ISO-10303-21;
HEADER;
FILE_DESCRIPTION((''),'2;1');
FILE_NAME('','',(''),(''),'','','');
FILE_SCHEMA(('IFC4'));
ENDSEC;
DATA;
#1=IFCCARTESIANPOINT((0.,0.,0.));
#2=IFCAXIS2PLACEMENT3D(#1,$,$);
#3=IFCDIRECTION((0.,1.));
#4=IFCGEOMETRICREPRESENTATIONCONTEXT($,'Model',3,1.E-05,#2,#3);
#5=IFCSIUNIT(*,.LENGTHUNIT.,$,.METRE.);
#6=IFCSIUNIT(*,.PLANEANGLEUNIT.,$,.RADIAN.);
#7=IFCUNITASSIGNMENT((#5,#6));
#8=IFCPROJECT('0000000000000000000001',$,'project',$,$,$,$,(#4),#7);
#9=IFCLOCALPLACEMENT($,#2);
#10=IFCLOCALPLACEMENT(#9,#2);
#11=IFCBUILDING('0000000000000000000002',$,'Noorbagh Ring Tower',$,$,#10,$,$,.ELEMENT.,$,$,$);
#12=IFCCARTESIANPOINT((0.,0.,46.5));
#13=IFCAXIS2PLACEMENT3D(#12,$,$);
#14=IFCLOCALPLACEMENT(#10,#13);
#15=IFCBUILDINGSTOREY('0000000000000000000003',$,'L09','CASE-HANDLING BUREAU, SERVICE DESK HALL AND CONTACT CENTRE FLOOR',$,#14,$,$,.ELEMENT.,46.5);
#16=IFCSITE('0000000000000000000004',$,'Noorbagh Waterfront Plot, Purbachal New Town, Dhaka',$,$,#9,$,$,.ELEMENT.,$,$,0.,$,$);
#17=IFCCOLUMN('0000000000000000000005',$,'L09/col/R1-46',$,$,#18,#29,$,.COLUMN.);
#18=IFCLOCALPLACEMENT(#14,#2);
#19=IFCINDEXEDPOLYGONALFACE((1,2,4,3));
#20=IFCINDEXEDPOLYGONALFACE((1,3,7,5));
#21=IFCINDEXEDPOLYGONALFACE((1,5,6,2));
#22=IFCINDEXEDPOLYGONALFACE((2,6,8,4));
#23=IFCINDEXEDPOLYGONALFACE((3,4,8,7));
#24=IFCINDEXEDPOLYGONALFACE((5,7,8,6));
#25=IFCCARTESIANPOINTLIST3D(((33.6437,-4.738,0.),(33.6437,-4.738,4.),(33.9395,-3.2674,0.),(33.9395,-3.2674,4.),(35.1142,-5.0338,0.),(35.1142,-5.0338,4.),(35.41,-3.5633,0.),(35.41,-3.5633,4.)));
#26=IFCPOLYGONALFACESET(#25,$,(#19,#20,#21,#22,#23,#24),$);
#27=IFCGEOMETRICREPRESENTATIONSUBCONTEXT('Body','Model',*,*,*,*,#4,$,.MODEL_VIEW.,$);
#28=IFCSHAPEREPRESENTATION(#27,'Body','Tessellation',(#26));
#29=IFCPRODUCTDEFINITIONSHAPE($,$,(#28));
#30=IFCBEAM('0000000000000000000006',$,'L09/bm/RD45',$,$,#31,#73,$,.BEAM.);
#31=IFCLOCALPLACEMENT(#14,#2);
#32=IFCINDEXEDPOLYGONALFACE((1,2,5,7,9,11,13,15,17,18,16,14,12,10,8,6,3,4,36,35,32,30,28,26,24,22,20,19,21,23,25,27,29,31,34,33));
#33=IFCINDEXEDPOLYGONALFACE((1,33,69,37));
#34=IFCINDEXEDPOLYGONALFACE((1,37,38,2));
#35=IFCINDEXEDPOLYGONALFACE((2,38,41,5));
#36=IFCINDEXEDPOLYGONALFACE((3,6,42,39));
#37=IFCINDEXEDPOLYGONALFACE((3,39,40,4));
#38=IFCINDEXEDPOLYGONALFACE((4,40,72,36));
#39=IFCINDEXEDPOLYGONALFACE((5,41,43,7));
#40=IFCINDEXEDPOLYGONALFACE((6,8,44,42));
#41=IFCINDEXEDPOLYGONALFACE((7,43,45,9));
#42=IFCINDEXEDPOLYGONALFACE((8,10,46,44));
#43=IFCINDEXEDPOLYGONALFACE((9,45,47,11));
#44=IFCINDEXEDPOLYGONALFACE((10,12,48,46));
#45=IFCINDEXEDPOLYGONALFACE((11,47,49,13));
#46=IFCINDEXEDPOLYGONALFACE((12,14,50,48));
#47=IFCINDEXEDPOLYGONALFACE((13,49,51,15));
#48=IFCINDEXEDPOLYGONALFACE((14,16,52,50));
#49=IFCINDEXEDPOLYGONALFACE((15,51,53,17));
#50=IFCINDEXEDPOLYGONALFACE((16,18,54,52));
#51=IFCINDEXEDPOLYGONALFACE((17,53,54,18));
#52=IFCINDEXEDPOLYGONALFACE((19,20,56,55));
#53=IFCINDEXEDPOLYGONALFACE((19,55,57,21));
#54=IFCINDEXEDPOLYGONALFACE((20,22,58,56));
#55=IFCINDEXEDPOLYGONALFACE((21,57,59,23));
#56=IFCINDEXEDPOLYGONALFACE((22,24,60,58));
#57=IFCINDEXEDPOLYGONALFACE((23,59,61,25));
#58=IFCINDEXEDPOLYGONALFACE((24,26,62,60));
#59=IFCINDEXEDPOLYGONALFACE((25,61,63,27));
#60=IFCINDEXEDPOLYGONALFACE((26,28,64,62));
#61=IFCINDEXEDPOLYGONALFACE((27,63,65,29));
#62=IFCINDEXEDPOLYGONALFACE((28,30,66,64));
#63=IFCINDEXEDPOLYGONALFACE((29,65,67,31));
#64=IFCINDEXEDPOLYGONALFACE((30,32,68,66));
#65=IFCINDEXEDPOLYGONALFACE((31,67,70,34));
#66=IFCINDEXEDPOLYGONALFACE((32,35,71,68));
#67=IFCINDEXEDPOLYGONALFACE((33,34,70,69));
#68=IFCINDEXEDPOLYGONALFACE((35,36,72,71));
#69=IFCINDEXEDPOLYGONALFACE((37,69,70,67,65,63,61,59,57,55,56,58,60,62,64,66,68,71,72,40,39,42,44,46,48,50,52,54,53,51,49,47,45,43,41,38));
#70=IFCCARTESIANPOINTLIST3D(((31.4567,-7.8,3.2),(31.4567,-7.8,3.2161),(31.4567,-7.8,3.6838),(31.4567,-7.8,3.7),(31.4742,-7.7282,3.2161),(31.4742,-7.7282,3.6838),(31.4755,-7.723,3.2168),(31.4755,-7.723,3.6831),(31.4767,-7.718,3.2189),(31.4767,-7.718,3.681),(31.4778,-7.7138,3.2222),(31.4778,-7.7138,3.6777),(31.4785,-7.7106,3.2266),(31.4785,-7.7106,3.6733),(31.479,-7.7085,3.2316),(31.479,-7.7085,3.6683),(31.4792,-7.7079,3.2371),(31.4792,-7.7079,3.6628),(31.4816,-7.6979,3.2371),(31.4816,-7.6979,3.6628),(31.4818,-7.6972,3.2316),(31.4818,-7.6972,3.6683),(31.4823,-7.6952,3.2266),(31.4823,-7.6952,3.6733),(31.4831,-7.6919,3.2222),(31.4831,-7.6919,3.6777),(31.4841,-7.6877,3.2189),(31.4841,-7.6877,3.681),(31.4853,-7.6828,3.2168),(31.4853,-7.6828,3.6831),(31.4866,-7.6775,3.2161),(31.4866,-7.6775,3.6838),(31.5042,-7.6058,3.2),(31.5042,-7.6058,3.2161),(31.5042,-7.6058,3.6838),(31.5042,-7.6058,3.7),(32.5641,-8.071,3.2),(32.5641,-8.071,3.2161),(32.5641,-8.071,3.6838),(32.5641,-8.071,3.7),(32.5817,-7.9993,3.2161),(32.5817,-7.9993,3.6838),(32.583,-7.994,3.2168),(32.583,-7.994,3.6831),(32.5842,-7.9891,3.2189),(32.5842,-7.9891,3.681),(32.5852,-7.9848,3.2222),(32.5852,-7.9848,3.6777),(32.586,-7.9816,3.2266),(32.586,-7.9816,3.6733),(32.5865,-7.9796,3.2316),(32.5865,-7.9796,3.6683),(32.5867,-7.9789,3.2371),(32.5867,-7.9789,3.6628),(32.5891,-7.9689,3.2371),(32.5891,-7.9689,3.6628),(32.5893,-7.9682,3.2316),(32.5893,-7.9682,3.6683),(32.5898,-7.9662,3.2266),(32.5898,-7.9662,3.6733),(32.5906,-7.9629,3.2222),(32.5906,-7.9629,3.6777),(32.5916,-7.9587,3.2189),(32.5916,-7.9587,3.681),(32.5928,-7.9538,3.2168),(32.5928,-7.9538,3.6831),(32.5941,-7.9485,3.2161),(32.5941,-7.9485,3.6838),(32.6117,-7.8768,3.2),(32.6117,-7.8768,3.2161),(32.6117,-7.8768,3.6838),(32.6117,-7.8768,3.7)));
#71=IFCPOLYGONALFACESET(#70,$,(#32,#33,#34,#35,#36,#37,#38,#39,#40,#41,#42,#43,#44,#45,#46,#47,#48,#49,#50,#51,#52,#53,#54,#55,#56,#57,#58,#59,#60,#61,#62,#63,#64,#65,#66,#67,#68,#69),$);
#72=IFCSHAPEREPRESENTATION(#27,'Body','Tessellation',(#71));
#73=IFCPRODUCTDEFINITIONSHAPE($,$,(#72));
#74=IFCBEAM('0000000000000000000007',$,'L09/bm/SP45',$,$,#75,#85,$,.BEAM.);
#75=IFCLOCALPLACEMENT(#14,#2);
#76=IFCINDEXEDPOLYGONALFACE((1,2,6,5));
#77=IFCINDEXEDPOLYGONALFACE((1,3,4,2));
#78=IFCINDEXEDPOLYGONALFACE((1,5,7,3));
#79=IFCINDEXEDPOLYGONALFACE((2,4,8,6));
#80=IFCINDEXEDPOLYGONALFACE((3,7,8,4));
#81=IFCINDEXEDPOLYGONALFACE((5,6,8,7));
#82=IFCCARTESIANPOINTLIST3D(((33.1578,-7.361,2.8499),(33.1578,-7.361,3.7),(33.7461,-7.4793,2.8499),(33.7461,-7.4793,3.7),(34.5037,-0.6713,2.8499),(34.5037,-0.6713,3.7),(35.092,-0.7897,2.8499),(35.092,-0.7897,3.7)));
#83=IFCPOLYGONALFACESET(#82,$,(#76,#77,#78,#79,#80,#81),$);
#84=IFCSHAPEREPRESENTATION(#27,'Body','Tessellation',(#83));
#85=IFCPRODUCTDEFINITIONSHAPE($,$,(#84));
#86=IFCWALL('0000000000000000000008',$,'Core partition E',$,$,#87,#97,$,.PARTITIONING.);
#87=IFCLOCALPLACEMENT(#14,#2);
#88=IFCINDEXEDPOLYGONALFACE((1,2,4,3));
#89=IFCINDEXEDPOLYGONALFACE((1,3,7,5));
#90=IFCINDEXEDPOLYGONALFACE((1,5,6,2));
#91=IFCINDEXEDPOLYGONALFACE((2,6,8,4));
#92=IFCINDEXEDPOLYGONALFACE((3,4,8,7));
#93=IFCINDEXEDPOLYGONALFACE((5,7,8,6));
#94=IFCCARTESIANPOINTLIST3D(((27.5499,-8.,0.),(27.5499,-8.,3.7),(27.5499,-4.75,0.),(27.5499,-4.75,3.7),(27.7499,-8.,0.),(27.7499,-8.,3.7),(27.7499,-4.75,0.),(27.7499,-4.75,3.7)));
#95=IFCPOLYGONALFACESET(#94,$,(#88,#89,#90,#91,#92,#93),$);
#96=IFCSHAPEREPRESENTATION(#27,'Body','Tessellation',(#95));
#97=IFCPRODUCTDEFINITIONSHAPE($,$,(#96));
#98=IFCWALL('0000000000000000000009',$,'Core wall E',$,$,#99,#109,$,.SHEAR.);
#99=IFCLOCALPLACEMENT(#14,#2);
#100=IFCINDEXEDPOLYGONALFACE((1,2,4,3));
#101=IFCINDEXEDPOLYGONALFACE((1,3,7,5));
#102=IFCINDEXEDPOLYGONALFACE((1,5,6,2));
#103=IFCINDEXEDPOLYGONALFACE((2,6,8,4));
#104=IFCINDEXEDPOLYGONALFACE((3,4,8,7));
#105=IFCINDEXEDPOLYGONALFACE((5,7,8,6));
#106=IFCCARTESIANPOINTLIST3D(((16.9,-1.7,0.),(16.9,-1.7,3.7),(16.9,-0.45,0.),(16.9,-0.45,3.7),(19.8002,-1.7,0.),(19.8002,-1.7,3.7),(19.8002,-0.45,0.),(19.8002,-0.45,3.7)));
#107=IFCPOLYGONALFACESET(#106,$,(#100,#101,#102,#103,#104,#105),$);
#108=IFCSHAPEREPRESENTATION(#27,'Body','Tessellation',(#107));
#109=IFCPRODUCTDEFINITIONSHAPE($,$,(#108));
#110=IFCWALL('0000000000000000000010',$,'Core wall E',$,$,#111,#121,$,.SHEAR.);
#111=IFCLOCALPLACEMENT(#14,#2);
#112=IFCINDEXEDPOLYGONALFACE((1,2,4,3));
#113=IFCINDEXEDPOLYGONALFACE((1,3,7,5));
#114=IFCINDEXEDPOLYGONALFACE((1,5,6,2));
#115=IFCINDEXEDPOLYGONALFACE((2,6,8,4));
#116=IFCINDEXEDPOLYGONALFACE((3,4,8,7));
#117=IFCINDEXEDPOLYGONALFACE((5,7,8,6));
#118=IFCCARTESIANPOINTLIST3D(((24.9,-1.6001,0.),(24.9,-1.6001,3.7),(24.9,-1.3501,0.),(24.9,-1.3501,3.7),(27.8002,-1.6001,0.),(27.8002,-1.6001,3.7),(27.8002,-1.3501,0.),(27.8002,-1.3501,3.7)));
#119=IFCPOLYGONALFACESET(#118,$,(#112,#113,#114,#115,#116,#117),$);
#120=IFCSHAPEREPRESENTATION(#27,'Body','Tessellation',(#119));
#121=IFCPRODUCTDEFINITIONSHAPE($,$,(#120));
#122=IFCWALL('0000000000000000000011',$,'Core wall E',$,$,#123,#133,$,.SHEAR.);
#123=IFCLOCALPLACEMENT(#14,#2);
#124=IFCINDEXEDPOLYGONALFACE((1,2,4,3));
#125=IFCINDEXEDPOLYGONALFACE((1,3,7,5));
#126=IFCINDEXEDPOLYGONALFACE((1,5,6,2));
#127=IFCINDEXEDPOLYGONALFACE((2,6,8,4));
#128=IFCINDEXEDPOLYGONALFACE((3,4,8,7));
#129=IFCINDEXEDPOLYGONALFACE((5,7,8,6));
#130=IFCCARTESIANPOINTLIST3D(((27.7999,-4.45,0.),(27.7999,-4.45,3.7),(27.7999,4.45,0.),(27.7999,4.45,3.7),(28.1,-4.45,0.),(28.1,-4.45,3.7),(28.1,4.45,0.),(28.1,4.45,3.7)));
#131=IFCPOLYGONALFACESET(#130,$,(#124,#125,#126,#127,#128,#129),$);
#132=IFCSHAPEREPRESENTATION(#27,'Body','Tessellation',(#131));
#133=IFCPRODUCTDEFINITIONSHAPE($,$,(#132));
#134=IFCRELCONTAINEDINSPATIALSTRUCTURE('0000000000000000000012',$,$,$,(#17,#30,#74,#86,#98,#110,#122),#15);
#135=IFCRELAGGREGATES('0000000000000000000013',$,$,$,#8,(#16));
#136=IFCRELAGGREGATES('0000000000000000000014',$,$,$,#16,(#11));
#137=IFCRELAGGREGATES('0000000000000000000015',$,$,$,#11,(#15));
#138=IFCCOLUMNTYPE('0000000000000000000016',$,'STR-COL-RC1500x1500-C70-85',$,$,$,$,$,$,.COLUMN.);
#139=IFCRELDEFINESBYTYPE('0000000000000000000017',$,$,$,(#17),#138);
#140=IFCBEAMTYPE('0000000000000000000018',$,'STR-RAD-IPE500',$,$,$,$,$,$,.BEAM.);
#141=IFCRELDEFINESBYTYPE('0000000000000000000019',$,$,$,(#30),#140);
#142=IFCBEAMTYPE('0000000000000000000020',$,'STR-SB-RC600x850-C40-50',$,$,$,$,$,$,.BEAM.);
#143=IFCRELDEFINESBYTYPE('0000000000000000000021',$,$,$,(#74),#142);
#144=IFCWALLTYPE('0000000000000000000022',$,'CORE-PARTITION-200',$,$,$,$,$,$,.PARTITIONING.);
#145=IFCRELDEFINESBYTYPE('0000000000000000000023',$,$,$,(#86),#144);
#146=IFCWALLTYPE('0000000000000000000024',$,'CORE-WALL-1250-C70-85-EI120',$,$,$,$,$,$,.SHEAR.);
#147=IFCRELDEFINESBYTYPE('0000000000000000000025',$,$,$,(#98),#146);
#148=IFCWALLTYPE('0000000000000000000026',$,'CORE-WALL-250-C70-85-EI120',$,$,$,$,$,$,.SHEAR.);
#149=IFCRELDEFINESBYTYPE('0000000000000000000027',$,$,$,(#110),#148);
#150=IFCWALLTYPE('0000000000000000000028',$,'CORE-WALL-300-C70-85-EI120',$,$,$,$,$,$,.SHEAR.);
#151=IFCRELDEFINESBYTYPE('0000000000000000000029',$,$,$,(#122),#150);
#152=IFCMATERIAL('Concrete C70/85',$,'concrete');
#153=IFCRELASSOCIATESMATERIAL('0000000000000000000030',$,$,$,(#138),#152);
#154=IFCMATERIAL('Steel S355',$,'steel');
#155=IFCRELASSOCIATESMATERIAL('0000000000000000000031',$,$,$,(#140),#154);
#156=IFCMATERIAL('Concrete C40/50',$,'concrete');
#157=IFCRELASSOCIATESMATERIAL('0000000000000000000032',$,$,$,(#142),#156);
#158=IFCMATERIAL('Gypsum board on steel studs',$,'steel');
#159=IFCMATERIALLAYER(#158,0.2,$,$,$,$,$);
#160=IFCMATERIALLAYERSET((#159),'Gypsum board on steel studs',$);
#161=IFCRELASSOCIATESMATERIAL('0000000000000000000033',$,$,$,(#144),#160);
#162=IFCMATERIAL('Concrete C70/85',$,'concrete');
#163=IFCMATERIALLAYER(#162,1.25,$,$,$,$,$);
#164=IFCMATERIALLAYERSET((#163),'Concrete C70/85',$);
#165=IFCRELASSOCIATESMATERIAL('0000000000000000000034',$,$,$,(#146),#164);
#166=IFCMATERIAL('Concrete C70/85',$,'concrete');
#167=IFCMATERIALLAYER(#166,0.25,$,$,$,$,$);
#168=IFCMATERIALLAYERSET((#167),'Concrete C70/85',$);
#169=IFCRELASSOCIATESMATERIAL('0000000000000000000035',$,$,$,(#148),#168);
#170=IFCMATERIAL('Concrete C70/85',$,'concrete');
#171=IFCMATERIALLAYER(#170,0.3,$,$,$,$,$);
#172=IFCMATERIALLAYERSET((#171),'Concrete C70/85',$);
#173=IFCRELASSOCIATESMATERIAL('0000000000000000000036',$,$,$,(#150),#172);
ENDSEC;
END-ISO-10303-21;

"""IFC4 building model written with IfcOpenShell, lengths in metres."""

from ifc_helpers import new_model, si_unit, direction, frame, frame_2d, origin, origin_2d, place, context, subcontext, project, spatial, rectangle, i_section, extrude, material, layer, layer_set, material_profile, profile_set, type_object, element, save


model = new_model("IFC4")

# Units and contexts
model_context = context("Model", 3, precision=1e-05, world=origin(), true_north=direction((0.0, 1.0)))
body_context = subcontext(model_context, "Body", "Model", "MODEL_VIEW")
ifc_project = project(units=[si_unit("LENGTHUNIT", "METRE"), si_unit("PLANEANGLEUNIT", "RADIAN")], contexts=[model_context])

# Site, building, storey
site_placement = place(None, origin())
site = spatial("IfcSite", under=ifc_project, at=site_placement, Name="Noorbagh Waterfront Plot, Purbachal New Town, Dhaka", CompositionType="ELEMENT", RefElevation=0.0)
building_placement = place(site_placement, origin())
building = spatial("IfcBuilding", under=site, at=building_placement, Name="Noorbagh Ring Tower", CompositionType="ELEMENT")
storey_placement = place(building_placement, frame((0.0, 0.0, 46.5)))
storey = spatial("IfcBuildingStorey", under=building, at=storey_placement, Name="L09", Description="CASE-HANDLING BUREAU, SERVICE DESK HALL AND CONTACT CENTRE FLOOR", CompositionType="ELEMENT", Elevation=46.5)

# Column
ifc_material_1 = material(Name="Concrete C70/85", Category="concrete")
ifc_material_profile_1 = material_profile(ifc_material_1, rectangle(XDim=1.5, YDim=1.5, at=origin_2d()), Name="RC1500x1500")
ifc_profile_set_1 = profile_set([ifc_material_profile_1], Name="Concrete C70/85")
column_type = type_object("IfcColumnType", Name="STR-COL-RC1500x1500-C70-85", PredefinedType="COLUMN", material=ifc_profile_set_1)
column_placement = place(storey_placement, frame((34.5269, -4.1506, 0.0), z_axis=(0.0, 0.0, 1.0), x_axis=(0.19723, 0.980357, 0.0)))
element("IfcColumn", 1, at=column_placement, inside=storey, type_object=column_type, Name="L09/col/R1-46", PredefinedType="COLUMN", context=body_context, shape_type="SweptSolid", body=[
    extrude(rectangle(XDim=1.5, YDim=1.5, at=origin_2d()), origin(), (0.0, 0.0, 1.0), 4.0),
])

# Beams
ifc_material_2 = material(Name="Steel S355", Category="steel")
ifc_material_profile_2 = material_profile(ifc_material_2, i_section(OverallWidth=0.2, OverallDepth=0.5, WebThickness=0.0103, FlangeThickness=0.0161, FilletRadius=0.021, at=origin_2d()), Name="IPE500")
ifc_profile_set_2 = profile_set([ifc_material_profile_2], Name="Steel S355")
beam_type_1 = type_object("IfcBeamType", Name="STR-RAD-IPE500", PredefinedType="BEAM", material=ifc_profile_set_2)
beam_1_placement = place(storey_placement, frame((32.5879, -7.9739, 3.45), z_axis=(-0.97134, 0.237696, 0.0), x_axis=(-0.237696, -0.97134, 0.0)))
element("IfcBeam", 2, at=beam_1_placement, inside=storey, type_object=beam_type_1, Name="L09/bm/RD45", PredefinedType="BEAM", context=body_context, shape_type="SweptSolid", body=[
    extrude(i_section(OverallWidth=0.2, OverallDepth=0.5, WebThickness=0.0103, FlangeThickness=0.0161, FilletRadius=0.021, at=origin_2d()), origin(), (0.0, 0.0, 1.0), 1.1401),
])
ifc_material_3 = material(Name="Concrete C40/50", Category="concrete")
ifc_material_profile_3 = material_profile(ifc_material_3, rectangle(XDim=0.6001, YDim=0.8501, at=origin_2d()), Name="RC600x850")
ifc_profile_set_3 = profile_set([ifc_material_profile_3], Name="Concrete C40/50")
beam_type_2 = type_object("IfcBeamType", Name="STR-SB-RC600x850-C40-50", PredefinedType="BEAM", material=ifc_profile_set_3)
beam_2_placement = place(storey_placement, frame((33.4519, -7.4202, 3.2749), z_axis=(0.197244, 0.980354, 0.0), x_axis=(-0.980354, 0.197244, 0.0)))
element("IfcBeam", 3, at=beam_2_placement, inside=storey, type_object=beam_type_2, Name="L09/bm/SP45", PredefinedType="BEAM", context=body_context, shape_type="SweptSolid", body=[
    extrude(rectangle(XDim=0.6001, YDim=0.8501, at=origin_2d()), origin(), (0.0, 0.0, 1.0), 6.8237),
])

# Walls
ifc_material_4 = material(Name="Gypsum board on steel studs", Category="steel")
ifc_layer_1 = layer(ifc_material_4, 0.2)
ifc_layer_set_1 = layer_set([ifc_layer_1], Name="Gypsum board on steel studs")
wall_type_1 = type_object("IfcWallType", Name="CORE-PARTITION-200", PredefinedType="PARTITIONING", material=ifc_layer_set_1)
wall_1_placement = place(storey_placement, frame((27.6499, -8.0, 0.0), z_axis=(0.0, 0.0, 1.0), x_axis=(0.0, 1.0, 0.0)))
element("IfcWall", 4, at=wall_1_placement, inside=storey, type_object=wall_type_1, Name="Core partition E", PredefinedType="PARTITIONING", context=body_context, shape_type="SweptSolid", body=[
    extrude(rectangle(XDim=3.25, YDim=0.2, at=frame_2d((1.625, 0.0))), origin(), (0.0, 0.0, 1.0), 3.7),
])
ifc_material_5 = material(Name="Concrete C70/85", Category="concrete")
ifc_layer_2 = layer(ifc_material_5, 1.25)
ifc_layer_set_2 = layer_set([ifc_layer_2], Name="Concrete C70/85")
wall_type_2 = type_object("IfcWallType", Name="CORE-WALL-1250-C70-85-EI120", PredefinedType="SHEAR", material=ifc_layer_set_2)
wall_2_placement = place(storey_placement, frame((16.8999, -1.075, 0.0), z_axis=(0.0, 0.0, 1.0), x_axis=(1.0, 0.0, 0.0)))
element("IfcWall", 5, at=wall_2_placement, inside=storey, type_object=wall_type_2, Name="Core wall E", PredefinedType="SHEAR", context=body_context, shape_type="SweptSolid", body=[
    extrude(rectangle(XDim=2.9001, YDim=1.25, at=frame_2d((1.4502, 0.0))), origin(), (0.0, 0.0, 1.0), 3.7),
])
ifc_material_6 = material(Name="Concrete C70/85", Category="concrete")
ifc_layer_3 = layer(ifc_material_6, 0.25)
ifc_layer_set_3 = layer_set([ifc_layer_3], Name="Concrete C70/85")
wall_type_3 = type_object("IfcWallType", Name="CORE-WALL-250-C70-85-EI120", PredefinedType="SHEAR", material=ifc_layer_set_3)
wall_3_placement = place(storey_placement, frame((24.8999, -1.4751, 0.0), z_axis=(0.0, 0.0, 1.0), x_axis=(1.0, 0.0, 0.0)))
element("IfcWall", 6, at=wall_3_placement, inside=storey, type_object=wall_type_3, Name="Core wall E", PredefinedType="SHEAR", context=body_context, shape_type="SweptSolid", body=[
    extrude(rectangle(XDim=2.9001, YDim=0.25, at=frame_2d((1.4502, 0.0))), origin(), (0.0, 0.0, 1.0), 3.7),
])
ifc_material_7 = material(Name="Concrete C70/85", Category="concrete")
ifc_layer_4 = layer(ifc_material_7, 0.3)
ifc_layer_set_4 = layer_set([ifc_layer_4], Name="Concrete C70/85")
wall_type_4 = type_object("IfcWallType", Name="CORE-WALL-300-C70-85-EI120", PredefinedType="SHEAR", material=ifc_layer_set_4)
wall_4_placement = place(storey_placement, frame((27.95, -4.45, 0.0), z_axis=(0.0, 0.0, 1.0), x_axis=(0.0, 1.0, 0.0)))
element("IfcWall", 7, at=wall_4_placement, inside=storey, type_object=wall_type_4, Name="Core wall E", PredefinedType="SHEAR", context=body_context, shape_type="SweptSolid", body=[
    extrude(rectangle(XDim=8.8999, YDim=0.3, at=frame_2d((4.45, 0.0))), origin(), (0.0, 0.0, 1.0), 3.7),
])

save(model, "model.ifc")
